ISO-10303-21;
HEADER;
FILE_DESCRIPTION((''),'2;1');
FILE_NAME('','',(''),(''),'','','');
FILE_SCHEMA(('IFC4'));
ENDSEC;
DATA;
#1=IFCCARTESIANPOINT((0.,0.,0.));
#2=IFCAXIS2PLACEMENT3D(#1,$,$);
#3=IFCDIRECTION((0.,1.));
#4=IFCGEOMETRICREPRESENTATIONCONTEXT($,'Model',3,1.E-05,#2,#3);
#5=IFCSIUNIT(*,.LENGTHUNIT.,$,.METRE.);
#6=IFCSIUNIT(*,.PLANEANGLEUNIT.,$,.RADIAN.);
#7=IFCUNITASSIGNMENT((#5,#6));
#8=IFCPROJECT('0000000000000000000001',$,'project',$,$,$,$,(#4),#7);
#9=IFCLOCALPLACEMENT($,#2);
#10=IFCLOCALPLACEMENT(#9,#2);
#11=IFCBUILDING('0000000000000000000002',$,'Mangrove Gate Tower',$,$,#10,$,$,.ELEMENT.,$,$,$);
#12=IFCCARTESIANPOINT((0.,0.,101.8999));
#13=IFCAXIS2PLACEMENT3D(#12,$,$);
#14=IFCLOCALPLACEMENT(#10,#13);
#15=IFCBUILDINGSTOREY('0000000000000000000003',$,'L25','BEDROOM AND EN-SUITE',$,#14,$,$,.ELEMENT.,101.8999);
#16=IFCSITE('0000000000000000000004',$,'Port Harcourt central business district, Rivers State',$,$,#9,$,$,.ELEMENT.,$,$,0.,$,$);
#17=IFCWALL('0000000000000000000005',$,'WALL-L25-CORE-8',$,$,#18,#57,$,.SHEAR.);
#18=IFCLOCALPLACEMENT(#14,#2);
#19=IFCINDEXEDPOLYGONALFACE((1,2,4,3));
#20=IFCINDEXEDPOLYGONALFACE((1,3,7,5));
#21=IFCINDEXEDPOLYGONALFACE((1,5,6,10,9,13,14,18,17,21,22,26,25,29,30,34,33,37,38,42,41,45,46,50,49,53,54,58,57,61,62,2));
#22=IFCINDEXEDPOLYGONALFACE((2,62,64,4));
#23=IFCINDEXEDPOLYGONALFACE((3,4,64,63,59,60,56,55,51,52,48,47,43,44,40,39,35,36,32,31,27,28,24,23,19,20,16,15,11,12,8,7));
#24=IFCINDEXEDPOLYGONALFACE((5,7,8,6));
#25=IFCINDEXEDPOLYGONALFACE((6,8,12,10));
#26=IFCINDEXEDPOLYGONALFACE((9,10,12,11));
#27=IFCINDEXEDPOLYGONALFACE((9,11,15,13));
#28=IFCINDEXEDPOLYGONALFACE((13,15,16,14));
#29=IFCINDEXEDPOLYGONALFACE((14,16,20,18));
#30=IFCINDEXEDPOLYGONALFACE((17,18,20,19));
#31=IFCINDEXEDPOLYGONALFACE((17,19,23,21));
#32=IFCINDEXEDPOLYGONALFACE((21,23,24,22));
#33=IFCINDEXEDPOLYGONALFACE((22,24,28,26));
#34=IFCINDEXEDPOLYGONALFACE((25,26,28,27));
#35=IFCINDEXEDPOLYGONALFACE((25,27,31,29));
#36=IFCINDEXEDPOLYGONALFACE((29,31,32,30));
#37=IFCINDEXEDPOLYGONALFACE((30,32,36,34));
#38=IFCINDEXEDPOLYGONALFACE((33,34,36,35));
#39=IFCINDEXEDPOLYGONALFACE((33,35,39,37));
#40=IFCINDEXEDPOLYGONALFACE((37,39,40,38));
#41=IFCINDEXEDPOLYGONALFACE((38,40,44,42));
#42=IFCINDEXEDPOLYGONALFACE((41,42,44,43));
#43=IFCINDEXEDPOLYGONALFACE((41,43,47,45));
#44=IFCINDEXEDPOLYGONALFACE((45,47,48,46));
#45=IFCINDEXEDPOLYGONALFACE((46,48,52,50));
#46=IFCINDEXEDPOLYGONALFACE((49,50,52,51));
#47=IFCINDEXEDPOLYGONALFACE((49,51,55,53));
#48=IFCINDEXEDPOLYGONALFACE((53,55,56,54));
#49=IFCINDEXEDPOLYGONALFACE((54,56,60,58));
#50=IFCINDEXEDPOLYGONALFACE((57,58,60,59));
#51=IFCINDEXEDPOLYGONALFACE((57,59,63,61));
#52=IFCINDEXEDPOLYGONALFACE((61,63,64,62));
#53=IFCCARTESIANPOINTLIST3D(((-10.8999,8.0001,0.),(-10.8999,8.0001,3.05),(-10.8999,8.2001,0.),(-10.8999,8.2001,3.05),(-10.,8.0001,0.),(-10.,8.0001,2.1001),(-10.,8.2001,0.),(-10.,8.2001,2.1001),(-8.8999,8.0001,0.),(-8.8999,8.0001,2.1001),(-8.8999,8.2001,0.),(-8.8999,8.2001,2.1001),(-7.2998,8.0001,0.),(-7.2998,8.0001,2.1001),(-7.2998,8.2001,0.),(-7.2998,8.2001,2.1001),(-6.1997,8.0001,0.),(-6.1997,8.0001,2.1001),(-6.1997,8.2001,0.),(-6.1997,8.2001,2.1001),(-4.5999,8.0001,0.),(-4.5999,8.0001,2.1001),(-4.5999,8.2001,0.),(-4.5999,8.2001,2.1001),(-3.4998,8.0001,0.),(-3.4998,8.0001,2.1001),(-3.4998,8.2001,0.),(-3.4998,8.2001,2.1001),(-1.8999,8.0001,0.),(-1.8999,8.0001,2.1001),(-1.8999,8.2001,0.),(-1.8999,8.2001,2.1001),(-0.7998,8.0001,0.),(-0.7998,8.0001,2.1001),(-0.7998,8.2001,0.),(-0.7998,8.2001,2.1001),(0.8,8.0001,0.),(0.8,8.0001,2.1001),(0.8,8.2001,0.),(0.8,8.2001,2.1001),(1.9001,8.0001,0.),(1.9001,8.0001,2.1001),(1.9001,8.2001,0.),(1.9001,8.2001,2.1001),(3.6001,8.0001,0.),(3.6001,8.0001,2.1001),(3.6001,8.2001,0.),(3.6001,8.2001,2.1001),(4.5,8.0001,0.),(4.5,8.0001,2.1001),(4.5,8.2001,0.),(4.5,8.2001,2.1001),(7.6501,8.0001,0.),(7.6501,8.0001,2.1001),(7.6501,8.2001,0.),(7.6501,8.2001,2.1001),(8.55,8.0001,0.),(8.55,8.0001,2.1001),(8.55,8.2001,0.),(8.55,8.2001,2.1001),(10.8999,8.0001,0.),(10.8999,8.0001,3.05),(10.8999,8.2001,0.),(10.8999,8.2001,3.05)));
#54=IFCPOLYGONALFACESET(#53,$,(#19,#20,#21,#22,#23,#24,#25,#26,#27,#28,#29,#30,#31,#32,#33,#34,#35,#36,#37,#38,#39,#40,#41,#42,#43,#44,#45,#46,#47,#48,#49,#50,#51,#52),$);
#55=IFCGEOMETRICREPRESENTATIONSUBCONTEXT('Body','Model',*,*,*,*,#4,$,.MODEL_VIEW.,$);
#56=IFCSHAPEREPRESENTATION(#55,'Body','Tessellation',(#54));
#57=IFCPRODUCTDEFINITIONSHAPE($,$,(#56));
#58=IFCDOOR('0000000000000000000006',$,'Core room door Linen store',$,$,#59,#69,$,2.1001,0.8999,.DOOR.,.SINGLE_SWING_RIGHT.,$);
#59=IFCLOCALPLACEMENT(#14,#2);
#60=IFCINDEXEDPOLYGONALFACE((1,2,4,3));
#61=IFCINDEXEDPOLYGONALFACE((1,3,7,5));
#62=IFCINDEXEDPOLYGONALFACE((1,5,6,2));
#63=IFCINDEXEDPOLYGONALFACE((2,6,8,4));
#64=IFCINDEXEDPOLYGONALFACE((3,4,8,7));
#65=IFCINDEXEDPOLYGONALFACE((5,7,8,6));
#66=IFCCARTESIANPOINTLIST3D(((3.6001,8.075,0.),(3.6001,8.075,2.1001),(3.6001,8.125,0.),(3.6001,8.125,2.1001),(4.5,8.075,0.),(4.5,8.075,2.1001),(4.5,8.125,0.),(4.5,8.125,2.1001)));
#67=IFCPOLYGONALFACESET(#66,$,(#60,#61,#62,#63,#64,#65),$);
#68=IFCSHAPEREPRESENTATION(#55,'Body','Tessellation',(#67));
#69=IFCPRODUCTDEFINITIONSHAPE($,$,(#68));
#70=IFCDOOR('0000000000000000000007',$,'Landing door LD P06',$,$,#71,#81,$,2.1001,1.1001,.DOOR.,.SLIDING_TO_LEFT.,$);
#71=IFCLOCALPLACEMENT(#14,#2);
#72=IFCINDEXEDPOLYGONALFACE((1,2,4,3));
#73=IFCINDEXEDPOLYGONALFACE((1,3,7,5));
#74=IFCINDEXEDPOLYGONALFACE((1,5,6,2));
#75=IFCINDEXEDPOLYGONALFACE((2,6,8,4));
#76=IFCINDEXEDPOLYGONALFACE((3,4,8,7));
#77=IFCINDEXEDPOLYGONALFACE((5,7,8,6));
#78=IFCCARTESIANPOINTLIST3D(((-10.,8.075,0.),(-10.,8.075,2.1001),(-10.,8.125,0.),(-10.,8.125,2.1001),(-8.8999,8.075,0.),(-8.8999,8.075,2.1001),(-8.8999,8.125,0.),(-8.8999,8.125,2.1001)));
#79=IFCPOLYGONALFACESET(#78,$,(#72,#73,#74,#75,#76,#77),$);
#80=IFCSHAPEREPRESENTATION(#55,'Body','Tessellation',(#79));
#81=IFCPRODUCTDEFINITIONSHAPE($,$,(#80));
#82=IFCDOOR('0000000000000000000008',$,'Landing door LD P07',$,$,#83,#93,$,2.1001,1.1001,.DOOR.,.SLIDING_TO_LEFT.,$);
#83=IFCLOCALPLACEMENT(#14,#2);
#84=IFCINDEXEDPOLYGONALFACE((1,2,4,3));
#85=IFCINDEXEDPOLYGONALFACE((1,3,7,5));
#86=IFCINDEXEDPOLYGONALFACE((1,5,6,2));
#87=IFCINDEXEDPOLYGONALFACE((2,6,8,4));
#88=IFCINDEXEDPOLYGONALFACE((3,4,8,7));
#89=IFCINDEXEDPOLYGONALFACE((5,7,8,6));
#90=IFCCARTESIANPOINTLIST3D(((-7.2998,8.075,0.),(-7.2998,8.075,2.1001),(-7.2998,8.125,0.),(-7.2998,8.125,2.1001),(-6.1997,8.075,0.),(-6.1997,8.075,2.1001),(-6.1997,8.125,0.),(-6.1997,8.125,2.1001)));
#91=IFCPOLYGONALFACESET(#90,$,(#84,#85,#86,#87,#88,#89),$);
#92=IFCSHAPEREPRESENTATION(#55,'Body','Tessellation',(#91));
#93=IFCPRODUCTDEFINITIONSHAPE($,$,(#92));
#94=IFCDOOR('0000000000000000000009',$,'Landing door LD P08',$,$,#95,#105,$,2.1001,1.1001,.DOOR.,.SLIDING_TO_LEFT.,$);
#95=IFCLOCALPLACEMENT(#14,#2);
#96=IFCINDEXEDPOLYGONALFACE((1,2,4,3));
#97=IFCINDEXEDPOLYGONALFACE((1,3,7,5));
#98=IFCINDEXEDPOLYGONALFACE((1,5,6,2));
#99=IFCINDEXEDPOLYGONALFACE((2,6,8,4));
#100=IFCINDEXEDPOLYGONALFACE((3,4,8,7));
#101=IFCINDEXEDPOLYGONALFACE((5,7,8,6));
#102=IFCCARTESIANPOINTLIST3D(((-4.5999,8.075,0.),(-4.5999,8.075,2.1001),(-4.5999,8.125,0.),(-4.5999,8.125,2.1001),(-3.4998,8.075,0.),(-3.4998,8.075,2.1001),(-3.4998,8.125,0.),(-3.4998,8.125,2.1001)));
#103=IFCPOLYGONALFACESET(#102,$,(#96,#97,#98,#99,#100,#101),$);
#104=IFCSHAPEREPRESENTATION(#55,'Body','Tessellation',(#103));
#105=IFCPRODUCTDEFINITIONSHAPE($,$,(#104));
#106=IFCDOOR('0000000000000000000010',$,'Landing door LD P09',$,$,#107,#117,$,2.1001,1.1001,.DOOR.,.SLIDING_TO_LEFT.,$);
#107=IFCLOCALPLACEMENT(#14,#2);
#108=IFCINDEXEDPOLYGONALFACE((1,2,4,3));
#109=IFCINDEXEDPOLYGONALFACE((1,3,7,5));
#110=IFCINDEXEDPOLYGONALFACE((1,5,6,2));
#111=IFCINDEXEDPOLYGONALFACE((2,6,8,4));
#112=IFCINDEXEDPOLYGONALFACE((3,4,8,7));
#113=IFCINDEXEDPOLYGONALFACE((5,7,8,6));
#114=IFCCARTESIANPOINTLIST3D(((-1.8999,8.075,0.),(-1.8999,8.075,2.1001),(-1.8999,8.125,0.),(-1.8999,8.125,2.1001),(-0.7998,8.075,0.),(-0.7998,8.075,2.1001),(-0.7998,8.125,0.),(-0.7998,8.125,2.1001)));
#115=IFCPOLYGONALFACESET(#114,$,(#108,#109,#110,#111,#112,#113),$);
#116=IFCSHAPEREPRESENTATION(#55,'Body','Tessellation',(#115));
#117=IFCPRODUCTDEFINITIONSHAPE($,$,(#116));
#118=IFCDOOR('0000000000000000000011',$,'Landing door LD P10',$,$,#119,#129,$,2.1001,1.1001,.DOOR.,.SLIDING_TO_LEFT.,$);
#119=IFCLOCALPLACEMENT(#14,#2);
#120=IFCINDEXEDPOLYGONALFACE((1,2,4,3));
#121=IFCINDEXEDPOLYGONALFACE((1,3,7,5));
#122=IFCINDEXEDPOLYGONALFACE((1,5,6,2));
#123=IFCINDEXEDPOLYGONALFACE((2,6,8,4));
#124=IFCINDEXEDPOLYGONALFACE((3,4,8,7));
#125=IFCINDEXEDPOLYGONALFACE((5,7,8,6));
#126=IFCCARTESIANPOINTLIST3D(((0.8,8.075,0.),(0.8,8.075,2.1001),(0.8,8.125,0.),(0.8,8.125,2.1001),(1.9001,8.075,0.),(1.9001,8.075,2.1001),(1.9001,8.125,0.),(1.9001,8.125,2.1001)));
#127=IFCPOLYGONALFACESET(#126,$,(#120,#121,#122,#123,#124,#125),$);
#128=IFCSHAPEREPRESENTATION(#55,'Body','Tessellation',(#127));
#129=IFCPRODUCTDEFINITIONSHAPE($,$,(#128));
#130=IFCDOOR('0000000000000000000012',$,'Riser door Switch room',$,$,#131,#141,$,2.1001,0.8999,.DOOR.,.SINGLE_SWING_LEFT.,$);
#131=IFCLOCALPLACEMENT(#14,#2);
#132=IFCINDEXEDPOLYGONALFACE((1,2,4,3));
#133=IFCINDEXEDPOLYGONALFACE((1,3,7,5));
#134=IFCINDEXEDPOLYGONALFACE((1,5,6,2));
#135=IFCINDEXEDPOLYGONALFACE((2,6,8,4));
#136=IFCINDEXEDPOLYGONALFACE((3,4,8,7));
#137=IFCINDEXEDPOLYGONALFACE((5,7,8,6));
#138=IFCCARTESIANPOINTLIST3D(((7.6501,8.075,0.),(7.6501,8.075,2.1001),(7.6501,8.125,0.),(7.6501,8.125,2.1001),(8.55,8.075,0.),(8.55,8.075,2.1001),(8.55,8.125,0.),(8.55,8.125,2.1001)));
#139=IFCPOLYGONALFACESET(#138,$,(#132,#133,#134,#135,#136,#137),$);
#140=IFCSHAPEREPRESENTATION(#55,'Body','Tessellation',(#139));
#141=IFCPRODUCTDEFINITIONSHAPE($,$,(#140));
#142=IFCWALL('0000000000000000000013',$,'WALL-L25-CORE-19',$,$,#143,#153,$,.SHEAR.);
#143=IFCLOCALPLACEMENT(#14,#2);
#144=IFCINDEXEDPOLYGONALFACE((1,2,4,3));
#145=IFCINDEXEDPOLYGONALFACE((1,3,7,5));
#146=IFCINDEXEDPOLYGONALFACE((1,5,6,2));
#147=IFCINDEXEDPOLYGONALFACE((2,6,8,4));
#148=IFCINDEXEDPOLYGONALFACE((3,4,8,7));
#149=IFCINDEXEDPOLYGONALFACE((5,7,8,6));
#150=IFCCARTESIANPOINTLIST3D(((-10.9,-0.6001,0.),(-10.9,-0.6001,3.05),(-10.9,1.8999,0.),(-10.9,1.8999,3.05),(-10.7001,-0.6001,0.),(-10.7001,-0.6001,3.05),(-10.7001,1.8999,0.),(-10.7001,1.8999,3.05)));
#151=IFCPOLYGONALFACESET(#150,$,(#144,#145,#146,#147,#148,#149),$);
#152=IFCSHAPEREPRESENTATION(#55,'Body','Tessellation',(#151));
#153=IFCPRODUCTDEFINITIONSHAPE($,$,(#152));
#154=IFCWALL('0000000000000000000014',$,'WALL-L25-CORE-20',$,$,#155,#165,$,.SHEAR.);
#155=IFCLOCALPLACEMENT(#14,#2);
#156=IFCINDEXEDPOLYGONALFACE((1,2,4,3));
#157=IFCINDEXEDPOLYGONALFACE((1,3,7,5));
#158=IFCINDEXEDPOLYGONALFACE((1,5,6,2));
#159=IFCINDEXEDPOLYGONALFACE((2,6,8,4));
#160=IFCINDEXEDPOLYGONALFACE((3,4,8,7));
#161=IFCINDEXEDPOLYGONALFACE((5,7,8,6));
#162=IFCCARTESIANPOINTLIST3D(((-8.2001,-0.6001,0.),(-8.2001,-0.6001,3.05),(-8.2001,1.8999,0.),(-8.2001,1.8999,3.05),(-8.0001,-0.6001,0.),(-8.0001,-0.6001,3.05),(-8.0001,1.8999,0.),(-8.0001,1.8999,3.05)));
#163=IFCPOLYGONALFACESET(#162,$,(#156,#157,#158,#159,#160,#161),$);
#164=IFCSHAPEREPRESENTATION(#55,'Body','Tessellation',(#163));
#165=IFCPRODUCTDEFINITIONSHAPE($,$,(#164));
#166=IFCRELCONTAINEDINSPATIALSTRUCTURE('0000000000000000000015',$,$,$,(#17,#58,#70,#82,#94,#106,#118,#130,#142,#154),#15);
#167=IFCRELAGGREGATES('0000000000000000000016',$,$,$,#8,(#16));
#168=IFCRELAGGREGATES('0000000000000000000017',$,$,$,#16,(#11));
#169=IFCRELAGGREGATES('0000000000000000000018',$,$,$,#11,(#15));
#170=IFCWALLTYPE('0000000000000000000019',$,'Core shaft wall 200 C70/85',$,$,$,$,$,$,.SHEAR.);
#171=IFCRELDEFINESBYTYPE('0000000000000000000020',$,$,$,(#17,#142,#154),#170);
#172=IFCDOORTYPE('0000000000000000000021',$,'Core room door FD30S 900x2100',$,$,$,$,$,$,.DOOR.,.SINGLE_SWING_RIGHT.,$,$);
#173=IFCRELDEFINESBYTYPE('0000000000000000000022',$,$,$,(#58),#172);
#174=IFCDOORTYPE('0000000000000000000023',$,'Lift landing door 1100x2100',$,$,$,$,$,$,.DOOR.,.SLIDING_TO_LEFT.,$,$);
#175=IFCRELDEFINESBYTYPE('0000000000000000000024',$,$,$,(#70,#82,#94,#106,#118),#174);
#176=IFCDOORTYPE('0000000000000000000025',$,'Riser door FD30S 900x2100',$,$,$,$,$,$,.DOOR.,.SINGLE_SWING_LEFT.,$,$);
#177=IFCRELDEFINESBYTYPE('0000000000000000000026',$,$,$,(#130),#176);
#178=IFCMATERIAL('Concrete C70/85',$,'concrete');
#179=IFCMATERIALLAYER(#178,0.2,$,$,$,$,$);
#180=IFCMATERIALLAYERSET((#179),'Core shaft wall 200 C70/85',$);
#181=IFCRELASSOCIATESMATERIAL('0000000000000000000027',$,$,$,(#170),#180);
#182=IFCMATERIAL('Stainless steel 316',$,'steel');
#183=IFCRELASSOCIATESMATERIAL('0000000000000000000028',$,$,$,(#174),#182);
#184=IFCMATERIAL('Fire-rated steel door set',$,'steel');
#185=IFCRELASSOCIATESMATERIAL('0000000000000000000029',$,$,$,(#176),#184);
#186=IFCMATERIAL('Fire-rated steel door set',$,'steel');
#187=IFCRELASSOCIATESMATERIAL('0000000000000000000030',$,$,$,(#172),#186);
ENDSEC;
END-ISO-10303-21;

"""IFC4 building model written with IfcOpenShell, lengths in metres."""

from ifc_helpers import new_model, si_unit, direction, frame, frame_2d, origin, place, context, subcontext, project, spatial, rectangle, extrude, material, layer, layer_set, type_object, element, fill, save


model = new_model("IFC4")

# Units and contexts
model_context = context("Model", 3, precision=1e-05, world=origin(), true_north=direction((0.0, 1.0)))
body_context = subcontext(model_context, "Body", "Model", "MODEL_VIEW")
ifc_project = project(units=[si_unit("LENGTHUNIT", "METRE"), si_unit("PLANEANGLEUNIT", "RADIAN")], contexts=[model_context])

# Site, building, storey
site_placement = place(None, origin())
site = spatial("IfcSite", under=ifc_project, at=site_placement, Name="Port Harcourt central business district, Rivers State", CompositionType="ELEMENT", RefElevation=0.0)
building_placement = place(site_placement, origin())
building = spatial("IfcBuilding", under=site, at=building_placement, Name="Mangrove Gate Tower", CompositionType="ELEMENT")
storey_placement = place(building_placement, frame((0.0, 0.0, 101.8999)))
storey = spatial("IfcBuildingStorey", under=building, at=storey_placement, Name="L25", Description="BEDROOM AND EN-SUITE", CompositionType="ELEMENT", Elevation=101.8999)

# Shared definitions
ifc_material_1 = material(Name="Concrete C70/85", Category="concrete")
ifc_layer = layer(ifc_material_1, 0.2)
ifc_layer_set = layer_set([ifc_layer], Name="Core shaft wall 200 C70/85")
wall_type = type_object("IfcWallType", Name="Core shaft wall 200 C70/85", PredefinedType="SHEAR", material=ifc_layer_set)

# Wall, openings, doors
ifc_material_2 = material(Name="Stainless steel 316", Category="steel")
door_type_1 = type_object("IfcDoorType", Name="Lift landing door 1100x2100", OperationType="SLIDING_TO_LEFT", PredefinedType="DOOR", material=ifc_material_2)
ifc_material_3 = material(Name="Fire-rated steel door set", Category="steel")
door_type_2 = type_object("IfcDoorType", Name="Riser door FD30S 900x2100", OperationType="SINGLE_SWING_LEFT", PredefinedType="DOOR", material=ifc_material_3)
wall_1_placement = place(storey_placement, frame((-10.8999, 8.1001, 0.0), z_axis=(0.0, 0.0, 1.0), x_axis=(1.0, 0.0, 0.0)))
wall_1 = element("IfcWall", 1, at=wall_1_placement, inside=storey, type_object=wall_type, Name="WALL-L25-CORE-8", PredefinedType="SHEAR", context=body_context, shape_type="SweptSolid", body=[
    extrude(rectangle(XDim=21.7998, YDim=0.2, at=frame_2d((10.8999, 0.0))), origin(), (0.0, 0.0, 1.0), 3.05),
])
opening_1_placement = place(wall_1_placement, frame((0.8999, 0.0, 0.0)))
opening_1 = element("IfcOpeningElement", 2, at=opening_1_placement, cuts=wall_1, PredefinedType="OPENING", context=body_context, shape_type="SweptSolid", body=[
    extrude(rectangle(XDim=1.1001, YDim=2.1001, at=frame_2d((0.55, 1.05))), frame((0.0, 0.1099, 0.0), z_axis=(0.0, -1.0, 0.0), x_axis=(1.0, 0.0, 0.0)), (0.0, 0.0, 1.0), 0.22),
])
opening_2_placement = place(wall_1_placement, frame((3.6001, 0.0, 0.0)))
opening_2 = element("IfcOpeningElement", 3, at=opening_2_placement, cuts=wall_1, PredefinedType="OPENING", context=body_context, shape_type="SweptSolid", body=[
    extrude(rectangle(XDim=1.1001, YDim=2.1001, at=frame_2d((0.55, 1.05))), frame((0.0, 0.1099, 0.0), z_axis=(0.0, -1.0, 0.0), x_axis=(1.0, 0.0, 0.0)), (0.0, 0.0, 1.0), 0.22),
])
opening_3_placement = place(wall_1_placement, frame((6.3, 0.0, 0.0)))
opening_3 = element("IfcOpeningElement", 4, at=opening_3_placement, cuts=wall_1, PredefinedType="OPENING", context=body_context, shape_type="SweptSolid", body=[
    extrude(rectangle(XDim=1.1001, YDim=2.1001, at=frame_2d((0.55, 1.05))), frame((0.0, 0.1099, 0.0), z_axis=(0.0, -1.0, 0.0), x_axis=(1.0, 0.0, 0.0)), (0.0, 0.0, 1.0), 0.22),
])
opening_4_placement = place(wall_1_placement, frame((9.0, 0.0, 0.0)))
opening_4 = element("IfcOpeningElement", 5, at=opening_4_placement, cuts=wall_1, PredefinedType="OPENING", context=body_context, shape_type="SweptSolid", body=[
    extrude(rectangle(XDim=1.1001, YDim=2.1001, at=frame_2d((0.55, 1.05))), frame((0.0, 0.1099, 0.0), z_axis=(0.0, -1.0, 0.0), x_axis=(1.0, 0.0, 0.0)), (0.0, 0.0, 1.0), 0.22),
])
opening_5_placement = place(wall_1_placement, frame((11.7, 0.0, 0.0)))
opening_5 = element("IfcOpeningElement", 6, at=opening_5_placement, cuts=wall_1, PredefinedType="OPENING", context=body_context, shape_type="SweptSolid", body=[
    extrude(rectangle(XDim=1.1001, YDim=2.1001, at=frame_2d((0.55, 1.05))), frame((0.0, 0.1099, 0.0), z_axis=(0.0, -1.0, 0.0), x_axis=(1.0, 0.0, 0.0)), (0.0, 0.0, 1.0), 0.22),
])
opening_6_placement = place(wall_1_placement, frame((14.5, 0.0, 0.0)))
opening_6 = element("IfcOpeningElement", 7, at=opening_6_placement, cuts=wall_1, PredefinedType="OPENING", context=body_context, shape_type="SweptSolid", body=[
    extrude(rectangle(XDim=0.8999, YDim=2.1001, at=frame_2d((0.45, 1.05))), frame((0.0, 0.1099, 0.0), z_axis=(0.0, -1.0, 0.0), x_axis=(1.0, 0.0, 0.0)), (0.0, 0.0, 1.0), 0.22),
])
opening_7_placement = place(wall_1_placement, frame((18.55, 0.0, 0.0)))
opening_7 = element("IfcOpeningElement", 8, at=opening_7_placement, cuts=wall_1, PredefinedType="OPENING", context=body_context, shape_type="SweptSolid", body=[
    extrude(rectangle(XDim=0.8999, YDim=2.1001, at=frame_2d((0.45, 1.05))), frame((0.0, 0.1099, 0.0), z_axis=(0.0, -1.0, 0.0), x_axis=(1.0, 0.0, 0.0)), (0.0, 0.0, 1.0), 0.22),
])
ifc_material_4 = material(Name="Fire-rated steel door set", Category="steel")
door_type_3 = type_object("IfcDoorType", Name="Core room door FD30S 900x2100", OperationType="SINGLE_SWING_RIGHT", PredefinedType="DOOR", material=ifc_material_4)
door_1_placement = place(opening_6_placement, origin())
door_1 = element("IfcDoor", 9, at=door_1_placement, inside=storey, type_object=door_type_3, Name="Core room door Linen store", OperationType="SINGLE_SWING_RIGHT", OverallHeight=2.1001, OverallWidth=0.8999, PredefinedType="DOOR", context=body_context, shape_type="SweptSolid", body=[
    extrude(rectangle(XDim=0.8999, YDim=2.1001, at=frame_2d((0.45, 1.05))), frame((0.0, 0.0249, 0.0), z_axis=(0.0, -1.0, 0.0), x_axis=(1.0, 0.0, 0.0)), (0.0, 0.0, 1.0), 0.05),
])
fill(opening_6, door_1)
door_2_placement = place(opening_1_placement, origin())
door_2 = element("IfcDoor", 10, at=door_2_placement, inside=storey, type_object=door_type_1, Name="Landing door LD P06", OperationType="SLIDING_TO_LEFT", OverallHeight=2.1001, OverallWidth=1.1001, PredefinedType="DOOR", context=body_context, shape_type="SweptSolid", body=[
    extrude(rectangle(XDim=1.1001, YDim=2.1001, at=frame_2d((0.55, 1.05))), frame((0.0, 0.0249, 0.0), z_axis=(0.0, -1.0, 0.0), x_axis=(1.0, 0.0, 0.0)), (0.0, 0.0, 1.0), 0.05),
])
fill(opening_1, door_2)
door_3_placement = place(opening_2_placement, origin())
door_3 = element("IfcDoor", 11, at=door_3_placement, inside=storey, type_object=door_type_1, Name="Landing door LD P07", OperationType="SLIDING_TO_LEFT", OverallHeight=2.1001, OverallWidth=1.1001, PredefinedType="DOOR", context=body_context, shape_type="SweptSolid", body=[
    extrude(rectangle(XDim=1.1001, YDim=2.1001, at=frame_2d((0.55, 1.05))), frame((0.0, 0.0249, 0.0), z_axis=(0.0, -1.0, 0.0), x_axis=(1.0, 0.0, 0.0)), (0.0, 0.0, 1.0), 0.05),
])
fill(opening_2, door_3)
door_4_placement = place(opening_3_placement, origin())
door_4 = element("IfcDoor", 12, at=door_4_placement, inside=storey, type_object=door_type_1, Name="Landing door LD P08", OperationType="SLIDING_TO_LEFT", OverallHeight=2.1001, OverallWidth=1.1001, PredefinedType="DOOR", context=body_context, shape_type="SweptSolid", body=[
    extrude(rectangle(XDim=1.1001, YDim=2.1001, at=frame_2d((0.55, 1.05))), frame((0.0, 0.0249, 0.0), z_axis=(0.0, -1.0, 0.0), x_axis=(1.0, 0.0, 0.0)), (0.0, 0.0, 1.0), 0.05),
])
fill(opening_3, door_4)
door_5_placement = place(opening_4_placement, origin())
door_5 = element("IfcDoor", 13, at=door_5_placement, inside=storey, type_object=door_type_1, Name="Landing door LD P09", OperationType="SLIDING_TO_LEFT", OverallHeight=2.1001, OverallWidth=1.1001, PredefinedType="DOOR", context=body_context, shape_type="SweptSolid", body=[
    extrude(rectangle(XDim=1.1001, YDim=2.1001, at=frame_2d((0.55, 1.05))), frame((0.0, 0.0249, 0.0), z_axis=(0.0, -1.0, 0.0), x_axis=(1.0, 0.0, 0.0)), (0.0, 0.0, 1.0), 0.05),
])
fill(opening_4, door_5)
door_6_placement = place(opening_5_placement, origin())
door_6 = element("IfcDoor", 14, at=door_6_placement, inside=storey, type_object=door_type_1, Name="Landing door LD P10", OperationType="SLIDING_TO_LEFT", OverallHeight=2.1001, OverallWidth=1.1001, PredefinedType="DOOR", context=body_context, shape_type="SweptSolid", body=[
    extrude(rectangle(XDim=1.1001, YDim=2.1001, at=frame_2d((0.55, 1.05))), frame((0.0, 0.0249, 0.0), z_axis=(0.0, -1.0, 0.0), x_axis=(1.0, 0.0, 0.0)), (0.0, 0.0, 1.0), 0.05),
])
fill(opening_5, door_6)
door_7_placement = place(opening_7_placement, origin())
door_7 = element("IfcDoor", 15, at=door_7_placement, inside=storey, type_object=door_type_2, Name="Riser door Switch room", OperationType="SINGLE_SWING_LEFT", OverallHeight=2.1001, OverallWidth=0.8999, PredefinedType="DOOR", context=body_context, shape_type="SweptSolid", body=[
    extrude(rectangle(XDim=0.8999, YDim=2.1001, at=frame_2d((0.45, 1.05))), frame((0.0, 0.0249, 0.0), z_axis=(0.0, -1.0, 0.0), x_axis=(1.0, 0.0, 0.0)), (0.0, 0.0, 1.0), 0.05),
])
fill(opening_7, door_7)

# Walls
for number, where, z_axis, x_axis, name in (
    (16, (-10.8, -0.6001, 0.0), (0.0, 0.0, 1.0), (0.0, 1.0, 0.0), "WALL-L25-CORE-19"),
    (17, (-8.1001, -0.6001, 0.0), (0.0, 0.0, 1.0), (0.0, 1.0, 0.0), "WALL-L25-CORE-20"),
):
    element("IfcWall", number, at=place(storey_placement, frame(where, z_axis=z_axis, x_axis=x_axis)), inside=storey, type_object=wall_type, Name=name, PredefinedType="SHEAR", context=body_context, shape_type="SweptSolid", body=[
        extrude(rectangle(XDim=2.5, YDim=0.2, at=frame_2d((1.25, 0.0))), origin(), (0.0, 0.0, 1.0), 3.05),
    ])

save(model, "model.ifc")
